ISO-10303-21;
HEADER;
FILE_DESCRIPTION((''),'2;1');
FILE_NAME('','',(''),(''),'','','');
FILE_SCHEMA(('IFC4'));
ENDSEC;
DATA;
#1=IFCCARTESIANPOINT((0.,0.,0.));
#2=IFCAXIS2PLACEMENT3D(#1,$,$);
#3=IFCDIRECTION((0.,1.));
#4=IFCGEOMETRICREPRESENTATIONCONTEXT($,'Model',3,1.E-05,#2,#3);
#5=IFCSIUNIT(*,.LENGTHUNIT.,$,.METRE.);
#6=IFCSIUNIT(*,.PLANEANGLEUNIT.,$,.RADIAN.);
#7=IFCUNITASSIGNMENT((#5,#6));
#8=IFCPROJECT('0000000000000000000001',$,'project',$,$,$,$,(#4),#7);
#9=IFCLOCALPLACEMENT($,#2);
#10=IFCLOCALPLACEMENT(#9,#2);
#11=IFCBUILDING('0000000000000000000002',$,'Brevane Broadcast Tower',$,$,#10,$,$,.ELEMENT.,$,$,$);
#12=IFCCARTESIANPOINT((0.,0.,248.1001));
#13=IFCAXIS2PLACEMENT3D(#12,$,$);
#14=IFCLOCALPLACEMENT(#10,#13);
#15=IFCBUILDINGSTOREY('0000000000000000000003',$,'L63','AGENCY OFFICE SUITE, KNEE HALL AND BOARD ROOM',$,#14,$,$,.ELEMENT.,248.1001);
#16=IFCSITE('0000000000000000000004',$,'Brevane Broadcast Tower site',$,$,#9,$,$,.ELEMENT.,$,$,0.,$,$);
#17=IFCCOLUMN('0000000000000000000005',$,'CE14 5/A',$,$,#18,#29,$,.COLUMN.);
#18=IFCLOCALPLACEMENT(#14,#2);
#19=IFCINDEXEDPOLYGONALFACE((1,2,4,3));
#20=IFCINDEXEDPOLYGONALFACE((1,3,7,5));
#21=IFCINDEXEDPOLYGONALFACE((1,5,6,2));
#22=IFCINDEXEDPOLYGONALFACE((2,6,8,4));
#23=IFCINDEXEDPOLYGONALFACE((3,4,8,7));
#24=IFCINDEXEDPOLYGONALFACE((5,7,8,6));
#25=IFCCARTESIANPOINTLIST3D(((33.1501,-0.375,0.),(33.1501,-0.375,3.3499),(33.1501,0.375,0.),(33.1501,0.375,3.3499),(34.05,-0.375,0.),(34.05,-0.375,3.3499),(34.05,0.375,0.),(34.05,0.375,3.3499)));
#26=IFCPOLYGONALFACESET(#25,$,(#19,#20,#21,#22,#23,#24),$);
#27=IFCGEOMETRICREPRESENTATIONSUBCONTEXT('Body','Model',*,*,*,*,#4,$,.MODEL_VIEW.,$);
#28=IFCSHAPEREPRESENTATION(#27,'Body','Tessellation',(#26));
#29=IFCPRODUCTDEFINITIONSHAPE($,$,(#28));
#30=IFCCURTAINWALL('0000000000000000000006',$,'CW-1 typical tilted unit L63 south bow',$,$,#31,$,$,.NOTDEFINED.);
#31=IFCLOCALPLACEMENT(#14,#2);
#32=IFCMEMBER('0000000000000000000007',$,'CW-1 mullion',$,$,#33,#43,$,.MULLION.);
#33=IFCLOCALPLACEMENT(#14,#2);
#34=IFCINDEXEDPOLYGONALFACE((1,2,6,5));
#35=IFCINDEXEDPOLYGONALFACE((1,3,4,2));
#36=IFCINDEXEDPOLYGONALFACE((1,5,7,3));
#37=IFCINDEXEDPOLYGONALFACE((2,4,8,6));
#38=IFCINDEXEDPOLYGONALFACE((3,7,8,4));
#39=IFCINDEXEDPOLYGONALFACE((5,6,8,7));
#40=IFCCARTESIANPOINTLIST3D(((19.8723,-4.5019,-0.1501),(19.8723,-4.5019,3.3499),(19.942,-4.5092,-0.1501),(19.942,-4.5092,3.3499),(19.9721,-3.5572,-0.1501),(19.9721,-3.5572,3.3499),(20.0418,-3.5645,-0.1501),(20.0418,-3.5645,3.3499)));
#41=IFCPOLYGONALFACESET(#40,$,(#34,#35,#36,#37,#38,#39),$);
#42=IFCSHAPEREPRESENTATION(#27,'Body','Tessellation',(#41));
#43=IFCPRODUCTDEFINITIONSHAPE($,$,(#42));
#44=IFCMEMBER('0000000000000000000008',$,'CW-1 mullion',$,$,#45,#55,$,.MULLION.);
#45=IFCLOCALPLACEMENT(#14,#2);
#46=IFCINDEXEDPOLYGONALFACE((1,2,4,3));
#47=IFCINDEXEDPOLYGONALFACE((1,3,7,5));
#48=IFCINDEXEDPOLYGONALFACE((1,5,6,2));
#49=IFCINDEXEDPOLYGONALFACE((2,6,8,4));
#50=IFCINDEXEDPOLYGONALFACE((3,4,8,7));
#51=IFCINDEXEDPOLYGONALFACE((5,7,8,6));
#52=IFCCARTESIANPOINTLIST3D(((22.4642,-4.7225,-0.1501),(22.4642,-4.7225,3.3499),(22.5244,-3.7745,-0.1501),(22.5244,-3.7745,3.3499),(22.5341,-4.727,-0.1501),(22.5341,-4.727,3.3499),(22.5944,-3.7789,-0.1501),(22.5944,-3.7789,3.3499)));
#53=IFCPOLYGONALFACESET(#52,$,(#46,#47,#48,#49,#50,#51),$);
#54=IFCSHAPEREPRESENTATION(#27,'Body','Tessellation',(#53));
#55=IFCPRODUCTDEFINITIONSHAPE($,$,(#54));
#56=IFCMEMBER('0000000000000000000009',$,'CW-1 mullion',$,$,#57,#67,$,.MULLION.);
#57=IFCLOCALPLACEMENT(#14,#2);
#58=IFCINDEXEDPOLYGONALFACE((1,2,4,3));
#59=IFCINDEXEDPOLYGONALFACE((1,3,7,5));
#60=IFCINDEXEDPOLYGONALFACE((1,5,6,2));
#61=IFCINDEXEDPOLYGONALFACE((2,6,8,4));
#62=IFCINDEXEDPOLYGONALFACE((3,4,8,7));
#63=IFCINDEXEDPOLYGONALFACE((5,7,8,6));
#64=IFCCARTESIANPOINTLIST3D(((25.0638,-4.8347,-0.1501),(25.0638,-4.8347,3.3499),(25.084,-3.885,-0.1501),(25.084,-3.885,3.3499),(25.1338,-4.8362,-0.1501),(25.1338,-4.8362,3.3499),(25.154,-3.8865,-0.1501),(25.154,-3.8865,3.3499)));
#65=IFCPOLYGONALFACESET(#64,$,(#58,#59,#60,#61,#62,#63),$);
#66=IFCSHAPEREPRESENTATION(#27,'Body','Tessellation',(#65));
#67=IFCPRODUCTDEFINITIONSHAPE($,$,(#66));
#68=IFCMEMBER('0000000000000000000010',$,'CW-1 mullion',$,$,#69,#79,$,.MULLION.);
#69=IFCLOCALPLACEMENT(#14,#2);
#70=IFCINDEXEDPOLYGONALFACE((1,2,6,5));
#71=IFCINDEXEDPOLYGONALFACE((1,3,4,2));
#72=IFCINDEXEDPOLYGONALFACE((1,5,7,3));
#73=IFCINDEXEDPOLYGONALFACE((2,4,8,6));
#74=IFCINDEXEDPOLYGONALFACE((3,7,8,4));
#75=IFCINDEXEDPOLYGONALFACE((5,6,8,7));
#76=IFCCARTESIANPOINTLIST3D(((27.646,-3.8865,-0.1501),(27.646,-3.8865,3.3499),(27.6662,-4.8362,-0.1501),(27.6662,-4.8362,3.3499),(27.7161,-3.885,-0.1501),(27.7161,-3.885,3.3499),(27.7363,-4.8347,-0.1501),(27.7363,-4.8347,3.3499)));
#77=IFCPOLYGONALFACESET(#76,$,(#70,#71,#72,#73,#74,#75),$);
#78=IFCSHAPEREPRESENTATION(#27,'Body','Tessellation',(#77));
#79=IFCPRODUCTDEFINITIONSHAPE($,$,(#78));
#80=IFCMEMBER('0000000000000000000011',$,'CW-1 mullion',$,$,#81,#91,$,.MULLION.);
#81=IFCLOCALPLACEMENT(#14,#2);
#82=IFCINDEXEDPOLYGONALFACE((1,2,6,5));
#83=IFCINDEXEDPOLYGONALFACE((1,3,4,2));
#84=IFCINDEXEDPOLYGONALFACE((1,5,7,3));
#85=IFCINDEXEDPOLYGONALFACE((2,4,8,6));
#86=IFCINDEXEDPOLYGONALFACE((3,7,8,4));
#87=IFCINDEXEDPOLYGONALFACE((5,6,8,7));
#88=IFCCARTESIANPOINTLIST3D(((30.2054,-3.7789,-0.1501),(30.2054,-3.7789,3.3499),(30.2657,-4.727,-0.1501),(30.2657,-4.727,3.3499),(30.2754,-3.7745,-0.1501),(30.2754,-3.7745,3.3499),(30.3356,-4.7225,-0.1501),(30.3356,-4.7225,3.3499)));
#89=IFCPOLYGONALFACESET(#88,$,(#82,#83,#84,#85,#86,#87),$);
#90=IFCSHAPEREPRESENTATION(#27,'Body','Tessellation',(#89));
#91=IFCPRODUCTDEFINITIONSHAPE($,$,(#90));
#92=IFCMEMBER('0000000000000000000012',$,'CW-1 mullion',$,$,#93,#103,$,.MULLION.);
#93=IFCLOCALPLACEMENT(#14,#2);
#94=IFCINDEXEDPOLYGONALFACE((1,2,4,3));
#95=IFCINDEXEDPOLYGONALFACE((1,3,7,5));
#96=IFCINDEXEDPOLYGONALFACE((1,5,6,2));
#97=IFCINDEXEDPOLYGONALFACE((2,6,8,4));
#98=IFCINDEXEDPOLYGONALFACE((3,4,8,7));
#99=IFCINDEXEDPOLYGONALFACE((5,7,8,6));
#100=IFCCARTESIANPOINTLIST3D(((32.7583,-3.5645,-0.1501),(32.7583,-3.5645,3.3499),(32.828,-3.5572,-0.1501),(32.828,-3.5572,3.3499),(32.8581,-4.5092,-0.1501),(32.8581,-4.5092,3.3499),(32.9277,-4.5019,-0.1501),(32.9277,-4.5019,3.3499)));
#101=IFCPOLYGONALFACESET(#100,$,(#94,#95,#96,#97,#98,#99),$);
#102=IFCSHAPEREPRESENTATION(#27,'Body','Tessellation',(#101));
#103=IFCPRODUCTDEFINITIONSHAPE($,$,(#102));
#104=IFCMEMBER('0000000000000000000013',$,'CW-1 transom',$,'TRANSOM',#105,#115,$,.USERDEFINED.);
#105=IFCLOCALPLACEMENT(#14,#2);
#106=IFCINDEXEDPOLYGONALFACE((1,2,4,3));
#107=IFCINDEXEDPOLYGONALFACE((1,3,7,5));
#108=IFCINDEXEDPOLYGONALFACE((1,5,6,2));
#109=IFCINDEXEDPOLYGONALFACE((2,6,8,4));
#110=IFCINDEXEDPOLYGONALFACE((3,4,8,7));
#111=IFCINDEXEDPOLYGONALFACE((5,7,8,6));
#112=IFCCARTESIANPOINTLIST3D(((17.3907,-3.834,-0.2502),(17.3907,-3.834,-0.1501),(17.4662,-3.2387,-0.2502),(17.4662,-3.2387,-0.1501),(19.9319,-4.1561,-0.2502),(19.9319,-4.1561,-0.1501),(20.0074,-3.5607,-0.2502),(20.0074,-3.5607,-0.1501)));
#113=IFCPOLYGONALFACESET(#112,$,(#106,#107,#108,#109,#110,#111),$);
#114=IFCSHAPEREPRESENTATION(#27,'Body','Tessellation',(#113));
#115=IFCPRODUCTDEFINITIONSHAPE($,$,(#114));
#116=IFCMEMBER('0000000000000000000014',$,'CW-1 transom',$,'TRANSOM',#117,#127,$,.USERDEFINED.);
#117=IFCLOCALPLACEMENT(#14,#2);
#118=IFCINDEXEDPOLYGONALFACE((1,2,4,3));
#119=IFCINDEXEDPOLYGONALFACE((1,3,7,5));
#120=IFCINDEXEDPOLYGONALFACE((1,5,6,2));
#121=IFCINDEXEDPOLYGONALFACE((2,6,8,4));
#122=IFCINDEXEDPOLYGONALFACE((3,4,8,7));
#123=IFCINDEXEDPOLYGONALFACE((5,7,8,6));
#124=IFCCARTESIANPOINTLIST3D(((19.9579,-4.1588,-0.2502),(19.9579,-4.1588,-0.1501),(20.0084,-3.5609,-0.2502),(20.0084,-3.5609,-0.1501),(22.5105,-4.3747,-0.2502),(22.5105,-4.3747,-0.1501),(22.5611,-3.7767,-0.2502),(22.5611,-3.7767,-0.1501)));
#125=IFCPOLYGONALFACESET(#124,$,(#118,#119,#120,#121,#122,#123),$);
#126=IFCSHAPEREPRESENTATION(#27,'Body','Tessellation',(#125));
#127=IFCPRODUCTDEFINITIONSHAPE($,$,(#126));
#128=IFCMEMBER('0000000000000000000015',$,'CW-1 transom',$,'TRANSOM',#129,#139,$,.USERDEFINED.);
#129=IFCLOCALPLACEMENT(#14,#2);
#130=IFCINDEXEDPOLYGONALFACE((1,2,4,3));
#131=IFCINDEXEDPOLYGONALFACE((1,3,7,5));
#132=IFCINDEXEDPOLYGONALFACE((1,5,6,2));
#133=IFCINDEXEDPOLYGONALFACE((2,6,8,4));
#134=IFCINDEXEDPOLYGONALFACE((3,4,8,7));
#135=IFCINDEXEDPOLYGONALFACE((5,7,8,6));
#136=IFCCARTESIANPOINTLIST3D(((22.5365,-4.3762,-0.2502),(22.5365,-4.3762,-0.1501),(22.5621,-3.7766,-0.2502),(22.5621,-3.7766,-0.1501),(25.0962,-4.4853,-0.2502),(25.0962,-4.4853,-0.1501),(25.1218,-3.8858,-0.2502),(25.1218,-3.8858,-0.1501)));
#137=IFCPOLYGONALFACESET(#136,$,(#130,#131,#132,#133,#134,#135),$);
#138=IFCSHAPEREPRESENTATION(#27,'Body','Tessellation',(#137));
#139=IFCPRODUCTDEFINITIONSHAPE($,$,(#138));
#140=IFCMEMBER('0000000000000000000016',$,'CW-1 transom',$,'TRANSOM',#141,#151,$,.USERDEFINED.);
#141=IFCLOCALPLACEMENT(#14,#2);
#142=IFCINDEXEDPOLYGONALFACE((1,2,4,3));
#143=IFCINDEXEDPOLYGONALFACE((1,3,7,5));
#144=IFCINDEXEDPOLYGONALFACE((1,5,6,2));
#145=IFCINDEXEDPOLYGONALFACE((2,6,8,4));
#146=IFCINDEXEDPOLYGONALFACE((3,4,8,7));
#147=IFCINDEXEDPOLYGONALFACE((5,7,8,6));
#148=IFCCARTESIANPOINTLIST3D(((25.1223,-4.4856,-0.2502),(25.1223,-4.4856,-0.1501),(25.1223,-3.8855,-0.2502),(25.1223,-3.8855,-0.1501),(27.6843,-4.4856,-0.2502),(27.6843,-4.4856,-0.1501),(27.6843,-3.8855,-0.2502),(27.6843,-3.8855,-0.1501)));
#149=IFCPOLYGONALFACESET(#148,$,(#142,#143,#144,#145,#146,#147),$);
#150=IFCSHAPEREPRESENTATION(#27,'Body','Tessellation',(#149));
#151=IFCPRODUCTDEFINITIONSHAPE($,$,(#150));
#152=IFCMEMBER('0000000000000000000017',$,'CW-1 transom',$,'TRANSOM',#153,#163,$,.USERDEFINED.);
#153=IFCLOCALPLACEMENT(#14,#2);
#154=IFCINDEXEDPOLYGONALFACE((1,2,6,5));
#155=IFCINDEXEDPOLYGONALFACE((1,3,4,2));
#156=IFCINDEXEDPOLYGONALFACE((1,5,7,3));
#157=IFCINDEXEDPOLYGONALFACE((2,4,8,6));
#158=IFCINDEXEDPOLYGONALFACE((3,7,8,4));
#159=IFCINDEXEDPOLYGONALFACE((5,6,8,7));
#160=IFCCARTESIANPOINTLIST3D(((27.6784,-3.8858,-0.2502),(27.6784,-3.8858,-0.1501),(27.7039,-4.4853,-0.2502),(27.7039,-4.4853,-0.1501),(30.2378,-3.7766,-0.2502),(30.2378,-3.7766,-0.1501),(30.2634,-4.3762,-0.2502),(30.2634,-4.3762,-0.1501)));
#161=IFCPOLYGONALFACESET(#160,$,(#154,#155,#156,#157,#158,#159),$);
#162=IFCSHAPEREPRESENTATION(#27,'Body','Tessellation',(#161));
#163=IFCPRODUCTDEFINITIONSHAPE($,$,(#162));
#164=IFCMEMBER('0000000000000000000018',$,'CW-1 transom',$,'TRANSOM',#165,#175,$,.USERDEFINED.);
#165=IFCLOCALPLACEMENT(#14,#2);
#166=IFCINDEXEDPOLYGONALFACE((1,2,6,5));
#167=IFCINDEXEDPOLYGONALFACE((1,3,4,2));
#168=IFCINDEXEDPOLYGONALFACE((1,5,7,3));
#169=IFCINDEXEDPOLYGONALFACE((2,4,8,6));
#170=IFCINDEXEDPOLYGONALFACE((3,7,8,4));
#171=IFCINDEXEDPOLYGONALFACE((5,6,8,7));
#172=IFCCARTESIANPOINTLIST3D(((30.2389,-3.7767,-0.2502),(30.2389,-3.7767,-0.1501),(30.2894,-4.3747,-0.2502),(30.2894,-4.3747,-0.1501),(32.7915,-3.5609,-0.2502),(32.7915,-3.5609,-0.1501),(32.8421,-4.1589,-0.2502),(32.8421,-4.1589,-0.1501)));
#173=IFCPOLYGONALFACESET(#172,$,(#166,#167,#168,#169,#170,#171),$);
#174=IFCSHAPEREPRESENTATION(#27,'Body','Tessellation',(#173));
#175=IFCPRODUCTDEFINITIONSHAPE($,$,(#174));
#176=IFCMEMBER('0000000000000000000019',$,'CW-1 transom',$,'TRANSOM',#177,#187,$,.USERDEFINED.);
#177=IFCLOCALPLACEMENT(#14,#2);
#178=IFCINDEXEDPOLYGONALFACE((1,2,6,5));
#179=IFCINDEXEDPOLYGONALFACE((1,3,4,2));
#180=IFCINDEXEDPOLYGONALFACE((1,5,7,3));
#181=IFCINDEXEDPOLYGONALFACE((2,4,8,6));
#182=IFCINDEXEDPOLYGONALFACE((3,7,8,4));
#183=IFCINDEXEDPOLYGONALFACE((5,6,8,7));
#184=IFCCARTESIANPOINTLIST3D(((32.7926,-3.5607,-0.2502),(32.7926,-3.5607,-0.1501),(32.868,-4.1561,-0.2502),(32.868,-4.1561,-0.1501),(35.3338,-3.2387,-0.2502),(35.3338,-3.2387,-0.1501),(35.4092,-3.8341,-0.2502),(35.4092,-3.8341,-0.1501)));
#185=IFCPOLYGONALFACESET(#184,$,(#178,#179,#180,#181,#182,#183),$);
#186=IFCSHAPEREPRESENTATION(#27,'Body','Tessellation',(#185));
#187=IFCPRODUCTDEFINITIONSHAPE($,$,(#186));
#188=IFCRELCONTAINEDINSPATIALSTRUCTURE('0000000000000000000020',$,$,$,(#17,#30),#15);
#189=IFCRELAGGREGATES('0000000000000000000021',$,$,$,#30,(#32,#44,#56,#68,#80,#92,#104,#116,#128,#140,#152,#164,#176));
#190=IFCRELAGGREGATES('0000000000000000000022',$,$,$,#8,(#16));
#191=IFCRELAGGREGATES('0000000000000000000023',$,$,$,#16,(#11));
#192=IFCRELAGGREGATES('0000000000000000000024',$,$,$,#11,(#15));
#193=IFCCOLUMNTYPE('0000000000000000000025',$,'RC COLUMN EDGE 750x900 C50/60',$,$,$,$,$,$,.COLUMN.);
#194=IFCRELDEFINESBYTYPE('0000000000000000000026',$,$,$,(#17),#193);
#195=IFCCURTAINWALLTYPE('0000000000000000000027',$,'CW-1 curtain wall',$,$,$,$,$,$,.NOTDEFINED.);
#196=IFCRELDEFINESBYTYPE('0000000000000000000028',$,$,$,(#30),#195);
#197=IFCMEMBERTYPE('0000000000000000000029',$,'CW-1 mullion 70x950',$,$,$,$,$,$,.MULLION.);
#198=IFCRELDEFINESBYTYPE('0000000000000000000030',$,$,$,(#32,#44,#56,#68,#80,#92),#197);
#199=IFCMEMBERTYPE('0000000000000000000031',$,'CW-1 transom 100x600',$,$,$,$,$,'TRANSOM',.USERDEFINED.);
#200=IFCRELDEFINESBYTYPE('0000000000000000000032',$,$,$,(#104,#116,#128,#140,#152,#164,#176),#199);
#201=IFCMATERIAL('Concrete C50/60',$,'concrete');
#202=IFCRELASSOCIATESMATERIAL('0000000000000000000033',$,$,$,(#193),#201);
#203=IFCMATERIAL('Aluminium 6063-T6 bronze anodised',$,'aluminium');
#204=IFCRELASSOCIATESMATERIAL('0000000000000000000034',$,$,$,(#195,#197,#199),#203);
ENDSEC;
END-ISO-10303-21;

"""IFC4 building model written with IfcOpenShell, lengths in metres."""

from ifc_helpers import new_model, si_unit, direction, frame, origin, origin_2d, place, context, subcontext, project, spatial, rectangle, extrude, material, material_profile, profile_set, type_object, element, aggregate, save


model = new_model("IFC4")

# Units and contexts
model_context = context("Model", 3, precision=1e-05, world=origin(), true_north=direction((0.0, 1.0)))
body_context = subcontext(model_context, "Body", "Model", "MODEL_VIEW")
ifc_project = project(units=[si_unit("LENGTHUNIT", "METRE"), si_unit("PLANEANGLEUNIT", "RADIAN")], contexts=[model_context])

# Site, building, storey
site_placement = place(None, origin())
site = spatial("IfcSite", under=ifc_project, at=site_placement, Name="Brevane Broadcast Tower site", CompositionType="ELEMENT", RefElevation=0.0)
building_placement = place(site_placement, origin())
building = spatial("IfcBuilding", under=site, at=building_placement, Name="Brevane Broadcast Tower", CompositionType="ELEMENT")
storey_placement = place(building_placement, frame((0.0, 0.0, 248.1001)))
storey = spatial("IfcBuildingStorey", under=building, at=storey_placement, Name="L63", Description="AGENCY OFFICE SUITE, KNEE HALL AND BOARD ROOM", CompositionType="ELEMENT", Elevation=248.1001)

# Column
ifc_material_1 = material(Name="Concrete C50/60", Category="concrete")
ifc_material_profile_1 = material_profile(ifc_material_1, rectangle(XDim=0.75, YDim=0.8999, at=origin_2d()), Name="RC 750x900")
ifc_profile_set_1 = profile_set([ifc_material_profile_1], Name="Concrete C50/60")
column_type = type_object("IfcColumnType", Name="RC COLUMN EDGE 750x900 C50/60", PredefinedType="COLUMN", material=ifc_profile_set_1)
column_placement = place(storey_placement, frame((33.6001, 0.0, 0.0), z_axis=(0.0, 0.0, 1.0), x_axis=(0.0, 1.0, 0.0)))
element("IfcColumn", 1, at=column_placement, inside=storey, type_object=column_type, Name="CE14 5/A", PredefinedType="COLUMN", context=body_context, shape_type="SweptSolid", body=[
    extrude(rectangle(XDim=0.75, YDim=0.8999, at=origin_2d()), origin(), (0.0, 0.0, 1.0), 3.3499),
])

# Curtain wall, members
ifc_material_2 = material(Name="Aluminium 6063-T6 bronze anodised", Category="aluminium")
curtain_wall_type = type_object("IfcCurtainWallType", Name="CW-1 curtain wall", PredefinedType="NOTDEFINED", material=ifc_material_2)
curtain_wall_placement = place(storey_placement, origin())
curtain_wall = element("IfcCurtainWall", 2, at=curtain_wall_placement, inside=storey, type_object=curtain_wall_type, Name="CW-1 typical tilted unit L63 south bow", PredefinedType="NOTDEFINED")
ifc_material_profile_2 = material_profile(ifc_material_2, rectangle(XDim=0.95, YDim=0.0701, at=origin_2d()), Name="RECT 70x950")
ifc_profile_set_2 = profile_set([ifc_material_profile_2], Name="Aluminium 6063-T6 bronze anodised")
member_type_1 = type_object("IfcMemberType", Name="CW-1 mullion 70x950", PredefinedType="MULLION", material=ifc_profile_set_2)
member_1_placement = place(storey_placement, frame((19.957, -4.0332, -0.1501), z_axis=(0.0, 0.0, 1.0), x_axis=(0.105018, 0.99447, 0.0)))
member_1 = element("IfcMember", 3, at=member_1_placement, type_object=member_type_1, Name="CW-1 mullion", PredefinedType="MULLION", context=body_context, shape_type="SweptSolid", body=[
    extrude(rectangle(XDim=0.95, YDim=0.0701, at=origin_2d()), origin(), (0.0, 0.0, 1.0), 3.5),
])
member_2_placement = place(storey_placement, frame((22.5293, -4.2507, -0.1501), z_axis=(0.0, 0.0, 1.0), x_axis=(0.063406, 0.997988, 0.0)))
member_2 = element("IfcMember", 4, at=member_2_placement, type_object=member_type_1, Name="CW-1 mullion", PredefinedType="MULLION", context=body_context, shape_type="SweptSolid", body=[
    extrude(rectangle(XDim=0.95, YDim=0.0701, at=origin_2d()), origin(), (0.0, 0.0, 1.0), 3.5),
])
member_3_placement = place(storey_placement, frame((25.1089, -4.3606, -0.1501), z_axis=(0.0, 0.0, 1.0), x_axis=(0.021282, 0.999774, 0.0)))
member_3 = element("IfcMember", 5, at=member_3_placement, type_object=member_type_1, Name="CW-1 mullion", PredefinedType="MULLION", context=body_context, shape_type="SweptSolid", body=[
    extrude(rectangle(XDim=0.95, YDim=0.0701, at=origin_2d()), origin(), (0.0, 0.0, 1.0), 3.5),
])
member_4_placement = place(storey_placement, frame((27.6912, -4.3606, -0.1501), z_axis=(0.0, 0.0, 1.0), x_axis=(-0.021282, 0.999774, 0.0)))
member_4 = element("IfcMember", 6, at=member_4_placement, type_object=member_type_1, Name="CW-1 mullion", PredefinedType="MULLION", context=body_context, shape_type="SweptSolid", body=[
    extrude(rectangle(XDim=0.95, YDim=0.0701, at=origin_2d()), origin(), (0.0, 0.0, 1.0), 3.5),
])
member_5_placement = place(storey_placement, frame((30.2705, -4.2507, -0.1501), z_axis=(0.0, 0.0, 1.0), x_axis=(-0.063406, 0.997988, 0.0)))
member_5 = element("IfcMember", 7, at=member_5_placement, type_object=member_type_1, Name="CW-1 mullion", PredefinedType="MULLION", context=body_context, shape_type="SweptSolid", body=[
    extrude(rectangle(XDim=0.95, YDim=0.0701, at=origin_2d()), origin(), (0.0, 0.0, 1.0), 3.5),
])
member_6_placement = place(storey_placement, frame((32.843, -4.0332, -0.1501), z_axis=(0.0, 0.0, 1.0), x_axis=(-0.105018, 0.99447, 0.0)))
member_6 = element("IfcMember", 8, at=member_6_placement, type_object=member_type_1, Name="CW-1 mullion", PredefinedType="MULLION", context=body_context, shape_type="SweptSolid", body=[
    extrude(rectangle(XDim=0.95, YDim=0.0701, at=origin_2d()), origin(), (0.0, 0.0, 1.0), 3.5),
])
ifc_material_profile_3 = material_profile(ifc_material_2, rectangle(XDim=0.6001, YDim=0.1001, at=origin_2d()), Name="RECT 100x600")
ifc_profile_set_3 = profile_set([ifc_material_profile_3], Name="Aluminium 6063-T6 bronze anodised")
member_type_2 = type_object("IfcMemberType", Name="CW-1 transom 100x600", ElementType="TRANSOM", PredefinedType="USERDEFINED", material=ifc_profile_set_3)
member_7_placement = place(storey_placement, frame((17.4285, -3.5364, -0.2002), z_axis=(0.992067, -0.125712, 0.0), x_axis=(0.125712, 0.992067, 0.0)))
member_7 = element("IfcMember", 9, at=member_7_placement, type_object=member_type_2, Name="CW-1 transom", ObjectType="TRANSOM", PredefinedType="USERDEFINED", context=body_context, shape_type="SweptSolid", body=[
    extrude(rectangle(XDim=0.6001, YDim=0.1001, at=origin_2d()), origin(), (0.0, 0.0, 1.0), 2.5615),
])
member_8_placement = place(storey_placement, frame((19.9832, -3.8599, -0.2002), z_axis=(0.996445, -0.084244, 0.0), x_axis=(0.084244, 0.996445, 0.0)))
member_8 = element("IfcMember", 10, at=member_8_placement, type_object=member_type_2, Name="CW-1 transom", ObjectType="TRANSOM", PredefinedType="USERDEFINED", context=body_context, shape_type="SweptSolid", body=[
    extrude(rectangle(XDim=0.6001, YDim=0.1001, at=origin_2d()), origin(), (0.0, 0.0, 1.0), 2.5618),
])
member_9_placement = place(storey_placement, frame((22.5493, -4.0764, -0.2002), z_axis=(0.999092, -0.042598, 0.0), x_axis=(0.042598, 0.999092, 0.0)))
member_9 = element("IfcMember", 11, at=member_9_placement, type_object=member_type_2, Name="CW-1 transom", ObjectType="TRANSOM", PredefinedType="USERDEFINED", context=body_context, shape_type="SweptSolid", body=[
    extrude(rectangle(XDim=0.6001, YDim=0.1001, at=origin_2d()), origin(), (0.0, 0.0, 1.0), 2.562),
])
member_10_placement = place(storey_placement, frame((25.1223, -4.1855, -0.2002), z_axis=(1.0, 0.0, 0.0), x_axis=(0.0, 1.0, 0.0)))
member_10 = element("IfcMember", 12, at=member_10_placement, type_object=member_type_2, Name="CW-1 transom", ObjectType="TRANSOM", PredefinedType="USERDEFINED", context=body_context, shape_type="SweptSolid", body=[
    extrude(rectangle(XDim=0.6001, YDim=0.1001, at=origin_2d()), origin(), (0.0, 0.0, 1.0), 2.562),
])
member_11_placement = place(storey_placement, frame((27.6912, -4.1855, -0.2002), z_axis=(0.999092, 0.042602, 0.0), x_axis=(-0.042602, 0.999092, 0.0)))
member_11 = element("IfcMember", 13, at=member_11_placement, type_object=member_type_2, Name="CW-1 transom", ObjectType="TRANSOM", PredefinedType="USERDEFINED", context=body_context, shape_type="SweptSolid", body=[
    extrude(rectangle(XDim=0.6001, YDim=0.1001, at=origin_2d()), origin(), (0.0, 0.0, 1.0), 2.5618),
])
member_12_placement = place(storey_placement, frame((30.2642, -4.0757, -0.2002), z_axis=(0.996445, 0.084244, 0.0), x_axis=(-0.084244, 0.996445, 0.0)))
member_12 = element("IfcMember", 14, at=member_12_placement, type_object=member_type_2, Name="CW-1 transom", ObjectType="TRANSOM", PredefinedType="USERDEFINED", context=body_context, shape_type="SweptSolid", body=[
    extrude(rectangle(XDim=0.6001, YDim=0.1001, at=origin_2d()), origin(), (0.0, 0.0, 1.0), 2.5618),
])
member_13_placement = place(storey_placement, frame((32.8303, -3.8584, -0.2002), z_axis=(0.992067, 0.125712, 0.0), x_axis=(-0.125712, 0.992067, 0.0)))
member_13 = element("IfcMember", 15, at=member_13_placement, type_object=member_type_2, Name="CW-1 transom", ObjectType="TRANSOM", PredefinedType="USERDEFINED", context=body_context, shape_type="SweptSolid", body=[
    extrude(rectangle(XDim=0.6001, YDim=0.1001, at=origin_2d()), origin(), (0.0, 0.0, 1.0), 2.5615),
])
aggregate(curtain_wall, [member_1, member_2, member_3, member_4, member_5, member_6, member_7, member_8, member_9, member_10, member_11, member_12, member_13])

save(model, "model.ifc")
